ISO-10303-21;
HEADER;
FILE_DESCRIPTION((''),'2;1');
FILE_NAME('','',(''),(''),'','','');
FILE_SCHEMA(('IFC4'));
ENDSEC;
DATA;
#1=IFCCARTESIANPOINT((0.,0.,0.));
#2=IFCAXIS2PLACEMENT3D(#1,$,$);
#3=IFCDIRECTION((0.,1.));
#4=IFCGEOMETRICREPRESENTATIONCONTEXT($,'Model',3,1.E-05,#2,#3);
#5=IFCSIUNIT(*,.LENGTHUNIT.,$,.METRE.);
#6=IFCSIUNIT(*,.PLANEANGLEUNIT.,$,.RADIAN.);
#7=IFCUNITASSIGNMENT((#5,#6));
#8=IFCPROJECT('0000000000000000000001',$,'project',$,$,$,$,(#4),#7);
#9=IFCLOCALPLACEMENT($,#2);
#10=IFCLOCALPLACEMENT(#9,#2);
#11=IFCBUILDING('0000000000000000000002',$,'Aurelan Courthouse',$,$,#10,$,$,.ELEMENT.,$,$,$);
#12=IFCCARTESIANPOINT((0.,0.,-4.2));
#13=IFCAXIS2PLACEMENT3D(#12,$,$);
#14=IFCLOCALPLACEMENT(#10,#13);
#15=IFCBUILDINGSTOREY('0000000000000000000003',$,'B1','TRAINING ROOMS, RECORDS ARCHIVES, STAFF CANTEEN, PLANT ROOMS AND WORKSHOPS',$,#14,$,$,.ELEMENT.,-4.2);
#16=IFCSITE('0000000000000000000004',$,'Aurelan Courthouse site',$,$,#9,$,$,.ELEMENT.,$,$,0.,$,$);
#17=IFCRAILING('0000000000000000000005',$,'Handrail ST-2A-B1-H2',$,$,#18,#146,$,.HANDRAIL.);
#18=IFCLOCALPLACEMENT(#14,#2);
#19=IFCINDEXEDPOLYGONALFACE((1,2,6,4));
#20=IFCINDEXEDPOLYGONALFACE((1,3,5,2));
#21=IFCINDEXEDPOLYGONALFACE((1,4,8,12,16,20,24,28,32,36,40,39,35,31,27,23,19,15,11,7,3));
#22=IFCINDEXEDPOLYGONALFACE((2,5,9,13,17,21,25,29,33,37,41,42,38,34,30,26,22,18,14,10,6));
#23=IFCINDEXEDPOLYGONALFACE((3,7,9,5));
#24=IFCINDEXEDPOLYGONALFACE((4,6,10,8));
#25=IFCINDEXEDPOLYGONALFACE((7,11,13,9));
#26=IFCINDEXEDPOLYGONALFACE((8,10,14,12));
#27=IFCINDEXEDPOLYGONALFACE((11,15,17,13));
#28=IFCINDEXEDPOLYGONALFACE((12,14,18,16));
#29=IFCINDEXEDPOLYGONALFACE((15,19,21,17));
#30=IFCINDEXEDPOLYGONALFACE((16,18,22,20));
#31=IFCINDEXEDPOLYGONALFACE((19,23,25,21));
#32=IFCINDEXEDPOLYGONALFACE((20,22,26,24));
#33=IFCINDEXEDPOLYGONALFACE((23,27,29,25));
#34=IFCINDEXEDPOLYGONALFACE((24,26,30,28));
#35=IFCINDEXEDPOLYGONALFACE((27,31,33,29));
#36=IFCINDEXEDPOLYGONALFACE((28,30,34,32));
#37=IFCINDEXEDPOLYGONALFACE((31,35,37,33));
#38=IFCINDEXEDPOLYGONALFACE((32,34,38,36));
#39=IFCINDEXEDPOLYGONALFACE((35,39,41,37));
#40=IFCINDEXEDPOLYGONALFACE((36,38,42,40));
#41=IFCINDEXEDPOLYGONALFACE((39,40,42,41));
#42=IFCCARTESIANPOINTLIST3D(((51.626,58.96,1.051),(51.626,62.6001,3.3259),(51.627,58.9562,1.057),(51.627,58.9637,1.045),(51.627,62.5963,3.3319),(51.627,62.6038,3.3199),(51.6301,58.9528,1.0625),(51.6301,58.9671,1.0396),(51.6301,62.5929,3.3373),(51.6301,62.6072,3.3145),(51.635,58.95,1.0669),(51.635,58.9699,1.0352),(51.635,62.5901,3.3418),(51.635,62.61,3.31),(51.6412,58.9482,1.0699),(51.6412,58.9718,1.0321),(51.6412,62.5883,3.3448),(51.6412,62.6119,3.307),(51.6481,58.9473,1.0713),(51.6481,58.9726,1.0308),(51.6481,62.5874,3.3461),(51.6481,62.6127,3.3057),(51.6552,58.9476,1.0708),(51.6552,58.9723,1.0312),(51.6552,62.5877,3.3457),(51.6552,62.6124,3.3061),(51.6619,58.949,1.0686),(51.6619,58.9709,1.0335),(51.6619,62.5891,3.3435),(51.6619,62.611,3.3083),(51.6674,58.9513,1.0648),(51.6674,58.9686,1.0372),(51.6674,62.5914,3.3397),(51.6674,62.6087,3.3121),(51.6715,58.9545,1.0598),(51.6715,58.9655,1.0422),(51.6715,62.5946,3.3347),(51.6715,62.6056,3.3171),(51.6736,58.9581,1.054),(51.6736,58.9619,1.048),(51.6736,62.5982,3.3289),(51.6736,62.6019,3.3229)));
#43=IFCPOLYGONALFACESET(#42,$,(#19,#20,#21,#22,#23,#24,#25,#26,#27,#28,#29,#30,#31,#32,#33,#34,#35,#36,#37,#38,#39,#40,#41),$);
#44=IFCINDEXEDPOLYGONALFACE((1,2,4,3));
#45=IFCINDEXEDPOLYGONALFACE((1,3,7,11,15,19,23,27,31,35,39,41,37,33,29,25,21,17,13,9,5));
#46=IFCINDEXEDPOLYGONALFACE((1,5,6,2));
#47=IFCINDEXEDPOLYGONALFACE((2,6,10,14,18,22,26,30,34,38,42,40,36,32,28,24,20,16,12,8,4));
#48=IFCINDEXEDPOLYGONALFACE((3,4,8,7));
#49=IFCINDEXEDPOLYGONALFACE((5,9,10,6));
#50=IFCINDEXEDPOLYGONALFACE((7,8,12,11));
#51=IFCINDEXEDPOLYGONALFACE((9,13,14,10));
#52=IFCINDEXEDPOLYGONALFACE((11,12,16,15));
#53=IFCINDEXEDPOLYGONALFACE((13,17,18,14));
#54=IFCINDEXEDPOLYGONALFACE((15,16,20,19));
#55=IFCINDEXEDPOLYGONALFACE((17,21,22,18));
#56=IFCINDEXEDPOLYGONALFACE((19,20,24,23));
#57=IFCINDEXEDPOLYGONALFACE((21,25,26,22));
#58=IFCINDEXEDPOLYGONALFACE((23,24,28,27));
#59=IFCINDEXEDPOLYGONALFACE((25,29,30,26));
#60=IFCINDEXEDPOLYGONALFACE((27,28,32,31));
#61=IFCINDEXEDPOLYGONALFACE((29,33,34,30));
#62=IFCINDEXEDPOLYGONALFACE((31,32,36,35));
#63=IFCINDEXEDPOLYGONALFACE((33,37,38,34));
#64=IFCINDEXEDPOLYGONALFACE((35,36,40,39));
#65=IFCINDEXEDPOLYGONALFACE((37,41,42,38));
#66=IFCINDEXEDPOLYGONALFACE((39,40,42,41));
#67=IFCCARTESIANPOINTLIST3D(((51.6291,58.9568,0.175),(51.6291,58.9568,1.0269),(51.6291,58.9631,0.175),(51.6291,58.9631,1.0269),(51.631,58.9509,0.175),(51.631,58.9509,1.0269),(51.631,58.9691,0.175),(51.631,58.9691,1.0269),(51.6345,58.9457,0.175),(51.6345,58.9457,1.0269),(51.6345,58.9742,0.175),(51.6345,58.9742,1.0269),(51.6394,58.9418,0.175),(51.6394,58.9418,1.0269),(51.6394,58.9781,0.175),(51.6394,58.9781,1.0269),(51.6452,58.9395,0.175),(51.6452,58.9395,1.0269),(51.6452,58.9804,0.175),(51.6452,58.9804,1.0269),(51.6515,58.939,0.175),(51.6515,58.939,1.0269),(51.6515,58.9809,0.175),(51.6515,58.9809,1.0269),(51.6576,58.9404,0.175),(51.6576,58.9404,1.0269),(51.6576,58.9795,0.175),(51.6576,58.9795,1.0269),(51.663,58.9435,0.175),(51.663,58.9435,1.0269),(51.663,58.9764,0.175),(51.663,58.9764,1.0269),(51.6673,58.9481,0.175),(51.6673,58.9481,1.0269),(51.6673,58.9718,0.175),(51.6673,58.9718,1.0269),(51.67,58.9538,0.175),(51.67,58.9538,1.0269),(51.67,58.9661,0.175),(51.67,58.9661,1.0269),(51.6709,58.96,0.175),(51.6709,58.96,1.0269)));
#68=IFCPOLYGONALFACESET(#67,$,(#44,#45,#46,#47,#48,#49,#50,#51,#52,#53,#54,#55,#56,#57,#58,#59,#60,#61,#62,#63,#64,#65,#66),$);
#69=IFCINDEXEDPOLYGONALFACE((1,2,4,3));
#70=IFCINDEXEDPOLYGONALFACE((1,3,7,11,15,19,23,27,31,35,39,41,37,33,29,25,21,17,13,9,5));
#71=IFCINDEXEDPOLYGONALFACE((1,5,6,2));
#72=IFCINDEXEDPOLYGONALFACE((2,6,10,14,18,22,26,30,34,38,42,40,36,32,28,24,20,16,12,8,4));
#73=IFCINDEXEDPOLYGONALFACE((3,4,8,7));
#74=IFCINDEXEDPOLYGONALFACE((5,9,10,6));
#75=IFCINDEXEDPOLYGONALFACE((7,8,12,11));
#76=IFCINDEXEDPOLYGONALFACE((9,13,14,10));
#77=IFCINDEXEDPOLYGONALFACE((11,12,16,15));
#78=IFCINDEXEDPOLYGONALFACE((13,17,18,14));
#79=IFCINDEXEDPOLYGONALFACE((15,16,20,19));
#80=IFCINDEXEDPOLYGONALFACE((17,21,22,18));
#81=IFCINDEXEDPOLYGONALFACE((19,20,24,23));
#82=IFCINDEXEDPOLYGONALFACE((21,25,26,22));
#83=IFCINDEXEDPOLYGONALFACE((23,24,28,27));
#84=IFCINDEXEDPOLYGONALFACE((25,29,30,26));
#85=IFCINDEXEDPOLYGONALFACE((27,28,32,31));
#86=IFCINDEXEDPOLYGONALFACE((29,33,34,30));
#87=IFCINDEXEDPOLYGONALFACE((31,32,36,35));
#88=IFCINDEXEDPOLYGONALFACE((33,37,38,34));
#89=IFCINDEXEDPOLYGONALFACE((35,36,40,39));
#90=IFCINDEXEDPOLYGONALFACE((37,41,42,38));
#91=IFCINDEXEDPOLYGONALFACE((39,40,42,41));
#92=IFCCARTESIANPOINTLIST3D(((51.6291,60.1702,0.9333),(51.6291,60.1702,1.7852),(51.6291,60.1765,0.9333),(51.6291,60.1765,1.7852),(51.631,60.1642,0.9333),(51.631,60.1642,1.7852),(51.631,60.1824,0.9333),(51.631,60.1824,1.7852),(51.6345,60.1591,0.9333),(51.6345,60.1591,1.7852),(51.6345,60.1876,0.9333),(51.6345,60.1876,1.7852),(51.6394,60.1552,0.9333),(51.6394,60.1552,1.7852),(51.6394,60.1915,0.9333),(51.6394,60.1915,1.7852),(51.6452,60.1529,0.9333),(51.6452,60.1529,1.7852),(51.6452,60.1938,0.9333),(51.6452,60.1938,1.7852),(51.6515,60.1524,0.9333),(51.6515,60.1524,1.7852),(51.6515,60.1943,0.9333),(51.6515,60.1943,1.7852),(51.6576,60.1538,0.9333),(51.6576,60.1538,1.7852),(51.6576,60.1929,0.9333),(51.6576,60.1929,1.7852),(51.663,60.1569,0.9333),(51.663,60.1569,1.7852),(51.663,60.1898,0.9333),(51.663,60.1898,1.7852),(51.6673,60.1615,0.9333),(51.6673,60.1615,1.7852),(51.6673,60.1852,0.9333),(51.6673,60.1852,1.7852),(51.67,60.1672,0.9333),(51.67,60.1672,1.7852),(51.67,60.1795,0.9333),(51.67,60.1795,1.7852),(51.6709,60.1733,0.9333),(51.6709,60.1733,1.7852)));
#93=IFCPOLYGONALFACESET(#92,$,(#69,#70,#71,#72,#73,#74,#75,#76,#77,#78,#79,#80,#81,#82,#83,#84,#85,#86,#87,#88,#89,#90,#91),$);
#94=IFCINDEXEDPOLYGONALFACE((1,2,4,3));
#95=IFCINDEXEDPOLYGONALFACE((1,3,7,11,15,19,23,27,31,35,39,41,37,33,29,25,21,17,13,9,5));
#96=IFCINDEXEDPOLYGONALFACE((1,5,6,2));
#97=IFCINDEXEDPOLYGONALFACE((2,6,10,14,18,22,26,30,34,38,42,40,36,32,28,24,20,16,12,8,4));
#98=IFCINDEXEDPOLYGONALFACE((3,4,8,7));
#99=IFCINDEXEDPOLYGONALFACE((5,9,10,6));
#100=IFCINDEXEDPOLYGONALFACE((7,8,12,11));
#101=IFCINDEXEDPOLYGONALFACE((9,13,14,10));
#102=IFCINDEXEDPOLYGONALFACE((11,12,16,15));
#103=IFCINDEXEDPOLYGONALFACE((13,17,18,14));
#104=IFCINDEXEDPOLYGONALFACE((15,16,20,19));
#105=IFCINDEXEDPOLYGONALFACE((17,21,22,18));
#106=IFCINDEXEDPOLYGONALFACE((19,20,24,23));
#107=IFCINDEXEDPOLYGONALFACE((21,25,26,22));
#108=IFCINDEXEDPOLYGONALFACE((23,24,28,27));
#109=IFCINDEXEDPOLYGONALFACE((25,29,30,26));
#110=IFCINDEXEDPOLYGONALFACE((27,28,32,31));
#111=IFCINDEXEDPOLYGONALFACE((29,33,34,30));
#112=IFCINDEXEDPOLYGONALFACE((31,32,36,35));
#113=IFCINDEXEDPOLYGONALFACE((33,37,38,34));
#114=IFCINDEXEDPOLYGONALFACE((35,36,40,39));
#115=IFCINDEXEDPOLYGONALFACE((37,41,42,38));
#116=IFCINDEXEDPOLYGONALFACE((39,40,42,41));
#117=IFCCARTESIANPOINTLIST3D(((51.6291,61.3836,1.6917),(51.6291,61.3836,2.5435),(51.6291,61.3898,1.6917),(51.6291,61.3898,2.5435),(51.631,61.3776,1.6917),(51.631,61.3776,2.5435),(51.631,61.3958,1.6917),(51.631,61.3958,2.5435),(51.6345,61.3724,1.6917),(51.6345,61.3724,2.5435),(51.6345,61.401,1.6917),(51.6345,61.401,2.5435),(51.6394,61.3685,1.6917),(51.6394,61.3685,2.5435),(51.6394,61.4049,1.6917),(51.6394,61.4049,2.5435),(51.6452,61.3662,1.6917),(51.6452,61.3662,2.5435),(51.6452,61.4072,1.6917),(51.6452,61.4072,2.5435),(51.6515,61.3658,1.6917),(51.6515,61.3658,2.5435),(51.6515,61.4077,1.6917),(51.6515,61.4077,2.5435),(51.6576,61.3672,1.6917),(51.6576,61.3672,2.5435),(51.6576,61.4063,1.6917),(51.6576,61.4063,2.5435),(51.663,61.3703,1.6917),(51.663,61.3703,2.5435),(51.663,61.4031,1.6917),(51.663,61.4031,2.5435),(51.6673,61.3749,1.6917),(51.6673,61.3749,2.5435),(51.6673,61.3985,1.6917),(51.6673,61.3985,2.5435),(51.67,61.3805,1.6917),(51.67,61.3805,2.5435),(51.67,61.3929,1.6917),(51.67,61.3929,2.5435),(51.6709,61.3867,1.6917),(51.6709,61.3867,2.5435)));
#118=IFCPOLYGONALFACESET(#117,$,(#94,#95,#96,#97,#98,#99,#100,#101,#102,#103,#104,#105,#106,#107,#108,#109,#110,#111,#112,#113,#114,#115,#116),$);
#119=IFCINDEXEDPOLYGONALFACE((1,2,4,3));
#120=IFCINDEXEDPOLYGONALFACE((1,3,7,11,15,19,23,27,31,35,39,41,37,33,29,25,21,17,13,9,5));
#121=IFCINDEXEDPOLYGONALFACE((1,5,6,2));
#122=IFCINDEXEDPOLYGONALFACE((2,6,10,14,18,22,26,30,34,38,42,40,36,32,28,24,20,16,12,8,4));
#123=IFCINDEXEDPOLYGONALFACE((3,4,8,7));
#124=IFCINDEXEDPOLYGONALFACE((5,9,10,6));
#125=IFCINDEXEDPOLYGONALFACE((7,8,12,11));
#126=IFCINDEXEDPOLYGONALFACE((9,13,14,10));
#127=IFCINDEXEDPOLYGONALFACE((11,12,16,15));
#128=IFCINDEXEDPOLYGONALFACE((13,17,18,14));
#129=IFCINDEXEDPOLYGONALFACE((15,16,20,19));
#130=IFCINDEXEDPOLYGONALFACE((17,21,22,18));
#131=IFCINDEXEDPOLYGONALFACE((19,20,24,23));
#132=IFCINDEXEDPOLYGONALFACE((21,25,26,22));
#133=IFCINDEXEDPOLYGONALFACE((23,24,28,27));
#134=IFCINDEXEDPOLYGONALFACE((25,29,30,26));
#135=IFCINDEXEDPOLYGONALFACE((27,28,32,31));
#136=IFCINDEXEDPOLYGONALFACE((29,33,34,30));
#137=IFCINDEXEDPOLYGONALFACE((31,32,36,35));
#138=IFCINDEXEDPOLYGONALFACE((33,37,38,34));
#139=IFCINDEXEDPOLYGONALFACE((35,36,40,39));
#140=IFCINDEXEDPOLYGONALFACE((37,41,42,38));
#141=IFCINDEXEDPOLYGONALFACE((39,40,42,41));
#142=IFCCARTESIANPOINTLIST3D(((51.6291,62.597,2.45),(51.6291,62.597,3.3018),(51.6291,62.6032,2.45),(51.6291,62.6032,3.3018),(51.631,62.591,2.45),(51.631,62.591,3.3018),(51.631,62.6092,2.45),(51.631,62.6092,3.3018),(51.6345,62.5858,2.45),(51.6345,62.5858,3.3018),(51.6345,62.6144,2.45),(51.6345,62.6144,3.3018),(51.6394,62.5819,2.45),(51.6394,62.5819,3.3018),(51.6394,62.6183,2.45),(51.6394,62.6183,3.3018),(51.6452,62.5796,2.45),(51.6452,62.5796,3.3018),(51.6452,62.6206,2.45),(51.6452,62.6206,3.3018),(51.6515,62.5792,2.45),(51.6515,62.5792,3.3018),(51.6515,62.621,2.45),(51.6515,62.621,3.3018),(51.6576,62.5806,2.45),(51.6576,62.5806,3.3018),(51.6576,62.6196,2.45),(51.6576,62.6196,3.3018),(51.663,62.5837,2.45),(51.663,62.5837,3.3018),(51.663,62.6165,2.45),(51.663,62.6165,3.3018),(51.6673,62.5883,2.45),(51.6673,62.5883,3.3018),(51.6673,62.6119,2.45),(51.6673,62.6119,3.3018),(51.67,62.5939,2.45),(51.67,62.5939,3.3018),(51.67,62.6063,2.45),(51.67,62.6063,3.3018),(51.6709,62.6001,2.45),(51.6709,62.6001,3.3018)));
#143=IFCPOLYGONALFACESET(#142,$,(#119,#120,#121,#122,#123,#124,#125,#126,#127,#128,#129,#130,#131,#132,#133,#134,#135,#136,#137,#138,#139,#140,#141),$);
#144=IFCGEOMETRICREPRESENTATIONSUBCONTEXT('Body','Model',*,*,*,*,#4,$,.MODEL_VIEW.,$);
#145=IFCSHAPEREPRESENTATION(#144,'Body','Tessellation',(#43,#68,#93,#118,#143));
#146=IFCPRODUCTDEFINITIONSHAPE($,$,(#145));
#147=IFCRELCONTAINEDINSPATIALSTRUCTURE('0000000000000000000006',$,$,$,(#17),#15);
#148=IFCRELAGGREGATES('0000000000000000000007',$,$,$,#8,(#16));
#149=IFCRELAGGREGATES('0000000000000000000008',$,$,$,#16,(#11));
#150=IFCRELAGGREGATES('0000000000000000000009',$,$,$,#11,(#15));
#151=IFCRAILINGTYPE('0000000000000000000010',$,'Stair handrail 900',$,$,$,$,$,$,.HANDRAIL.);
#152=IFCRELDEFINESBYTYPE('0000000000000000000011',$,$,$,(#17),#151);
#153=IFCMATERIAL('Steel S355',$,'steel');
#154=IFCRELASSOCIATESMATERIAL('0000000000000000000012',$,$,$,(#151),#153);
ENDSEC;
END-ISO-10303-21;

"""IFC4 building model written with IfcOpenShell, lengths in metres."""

from ifc_helpers import new_model, si_unit, direction, frame, origin, origin_2d, place, context, subcontext, project, spatial, circle, extrude, material, type_object, element, save


model = new_model("IFC4")

# Units and contexts
model_context = context("Model", 3, precision=1e-05, world=origin(), true_north=direction((0.0, 1.0)))
body_context = subcontext(model_context, "Body", "Model", "MODEL_VIEW")
ifc_project = project(units=[si_unit("LENGTHUNIT", "METRE"), si_unit("PLANEANGLEUNIT", "RADIAN")], contexts=[model_context])

# Site, building, storey
site_placement = place(None, origin())
site = spatial("IfcSite", under=ifc_project, at=site_placement, Name="Aurelan Courthouse site", CompositionType="ELEMENT", RefElevation=0.0)
building_placement = place(site_placement, origin())
building = spatial("IfcBuilding", under=site, at=building_placement, Name="Aurelan Courthouse", CompositionType="ELEMENT")
storey_placement = place(building_placement, frame((0.0, 0.0, -4.2)))
storey = spatial("IfcBuildingStorey", under=building, at=storey_placement, Name="B1", Description="TRAINING ROOMS, RECORDS ARCHIVES, STAFF CANTEEN, PLANT ROOMS AND WORKSHOPS", CompositionType="ELEMENT", Elevation=-4.2)

# Railing
ifc_material_1 = material(Name="Steel S355", Category="steel")
railing_type_1 = type_object("IfcRailingType", Name="Stair handrail 900", PredefinedType="HANDRAIL", material=ifc_material_1)
for number, where, name in (
    (1, (51.6499, 58.96, 0.175), "Handrail ST-2A-B1-H2"),
):
    element("IfcRailing", number, at=place(storey_placement, frame(where)), inside=storey, type_object=railing_type_1, Name=name, PredefinedType="HANDRAIL", context=body_context, shape_type="SweptSolid", body=[
        extrude(circle(Radius=0.0239, at=origin_2d()), frame((0.0, 0.0, 0.876), z_axis=(0.0, 0.848017, 0.529968), x_axis=(-1.0, 0.0, 0.0)), (0.0, 0.0, 1.0), 4.2925),
        extrude(circle(Radius=0.021, at=origin_2d()), origin(), (0.0, 0.0, 1.0), 0.8518),
        extrude(circle(Radius=0.021, at=origin_2d()), frame((0.0, 1.2134, 0.7583)), (0.0, 0.0, 1.0), 0.8518),
        extrude(circle(Radius=0.021, at=origin_2d()), frame((0.0, 2.4268, 1.5166)), (0.0, 0.0, 1.0), 0.8518),
        extrude(circle(Radius=0.021, at=origin_2d()), frame((0.0, 3.6401, 2.2749)), (0.0, 0.0, 1.0), 0.8518),
    ])

save(model, "model.ifc")
